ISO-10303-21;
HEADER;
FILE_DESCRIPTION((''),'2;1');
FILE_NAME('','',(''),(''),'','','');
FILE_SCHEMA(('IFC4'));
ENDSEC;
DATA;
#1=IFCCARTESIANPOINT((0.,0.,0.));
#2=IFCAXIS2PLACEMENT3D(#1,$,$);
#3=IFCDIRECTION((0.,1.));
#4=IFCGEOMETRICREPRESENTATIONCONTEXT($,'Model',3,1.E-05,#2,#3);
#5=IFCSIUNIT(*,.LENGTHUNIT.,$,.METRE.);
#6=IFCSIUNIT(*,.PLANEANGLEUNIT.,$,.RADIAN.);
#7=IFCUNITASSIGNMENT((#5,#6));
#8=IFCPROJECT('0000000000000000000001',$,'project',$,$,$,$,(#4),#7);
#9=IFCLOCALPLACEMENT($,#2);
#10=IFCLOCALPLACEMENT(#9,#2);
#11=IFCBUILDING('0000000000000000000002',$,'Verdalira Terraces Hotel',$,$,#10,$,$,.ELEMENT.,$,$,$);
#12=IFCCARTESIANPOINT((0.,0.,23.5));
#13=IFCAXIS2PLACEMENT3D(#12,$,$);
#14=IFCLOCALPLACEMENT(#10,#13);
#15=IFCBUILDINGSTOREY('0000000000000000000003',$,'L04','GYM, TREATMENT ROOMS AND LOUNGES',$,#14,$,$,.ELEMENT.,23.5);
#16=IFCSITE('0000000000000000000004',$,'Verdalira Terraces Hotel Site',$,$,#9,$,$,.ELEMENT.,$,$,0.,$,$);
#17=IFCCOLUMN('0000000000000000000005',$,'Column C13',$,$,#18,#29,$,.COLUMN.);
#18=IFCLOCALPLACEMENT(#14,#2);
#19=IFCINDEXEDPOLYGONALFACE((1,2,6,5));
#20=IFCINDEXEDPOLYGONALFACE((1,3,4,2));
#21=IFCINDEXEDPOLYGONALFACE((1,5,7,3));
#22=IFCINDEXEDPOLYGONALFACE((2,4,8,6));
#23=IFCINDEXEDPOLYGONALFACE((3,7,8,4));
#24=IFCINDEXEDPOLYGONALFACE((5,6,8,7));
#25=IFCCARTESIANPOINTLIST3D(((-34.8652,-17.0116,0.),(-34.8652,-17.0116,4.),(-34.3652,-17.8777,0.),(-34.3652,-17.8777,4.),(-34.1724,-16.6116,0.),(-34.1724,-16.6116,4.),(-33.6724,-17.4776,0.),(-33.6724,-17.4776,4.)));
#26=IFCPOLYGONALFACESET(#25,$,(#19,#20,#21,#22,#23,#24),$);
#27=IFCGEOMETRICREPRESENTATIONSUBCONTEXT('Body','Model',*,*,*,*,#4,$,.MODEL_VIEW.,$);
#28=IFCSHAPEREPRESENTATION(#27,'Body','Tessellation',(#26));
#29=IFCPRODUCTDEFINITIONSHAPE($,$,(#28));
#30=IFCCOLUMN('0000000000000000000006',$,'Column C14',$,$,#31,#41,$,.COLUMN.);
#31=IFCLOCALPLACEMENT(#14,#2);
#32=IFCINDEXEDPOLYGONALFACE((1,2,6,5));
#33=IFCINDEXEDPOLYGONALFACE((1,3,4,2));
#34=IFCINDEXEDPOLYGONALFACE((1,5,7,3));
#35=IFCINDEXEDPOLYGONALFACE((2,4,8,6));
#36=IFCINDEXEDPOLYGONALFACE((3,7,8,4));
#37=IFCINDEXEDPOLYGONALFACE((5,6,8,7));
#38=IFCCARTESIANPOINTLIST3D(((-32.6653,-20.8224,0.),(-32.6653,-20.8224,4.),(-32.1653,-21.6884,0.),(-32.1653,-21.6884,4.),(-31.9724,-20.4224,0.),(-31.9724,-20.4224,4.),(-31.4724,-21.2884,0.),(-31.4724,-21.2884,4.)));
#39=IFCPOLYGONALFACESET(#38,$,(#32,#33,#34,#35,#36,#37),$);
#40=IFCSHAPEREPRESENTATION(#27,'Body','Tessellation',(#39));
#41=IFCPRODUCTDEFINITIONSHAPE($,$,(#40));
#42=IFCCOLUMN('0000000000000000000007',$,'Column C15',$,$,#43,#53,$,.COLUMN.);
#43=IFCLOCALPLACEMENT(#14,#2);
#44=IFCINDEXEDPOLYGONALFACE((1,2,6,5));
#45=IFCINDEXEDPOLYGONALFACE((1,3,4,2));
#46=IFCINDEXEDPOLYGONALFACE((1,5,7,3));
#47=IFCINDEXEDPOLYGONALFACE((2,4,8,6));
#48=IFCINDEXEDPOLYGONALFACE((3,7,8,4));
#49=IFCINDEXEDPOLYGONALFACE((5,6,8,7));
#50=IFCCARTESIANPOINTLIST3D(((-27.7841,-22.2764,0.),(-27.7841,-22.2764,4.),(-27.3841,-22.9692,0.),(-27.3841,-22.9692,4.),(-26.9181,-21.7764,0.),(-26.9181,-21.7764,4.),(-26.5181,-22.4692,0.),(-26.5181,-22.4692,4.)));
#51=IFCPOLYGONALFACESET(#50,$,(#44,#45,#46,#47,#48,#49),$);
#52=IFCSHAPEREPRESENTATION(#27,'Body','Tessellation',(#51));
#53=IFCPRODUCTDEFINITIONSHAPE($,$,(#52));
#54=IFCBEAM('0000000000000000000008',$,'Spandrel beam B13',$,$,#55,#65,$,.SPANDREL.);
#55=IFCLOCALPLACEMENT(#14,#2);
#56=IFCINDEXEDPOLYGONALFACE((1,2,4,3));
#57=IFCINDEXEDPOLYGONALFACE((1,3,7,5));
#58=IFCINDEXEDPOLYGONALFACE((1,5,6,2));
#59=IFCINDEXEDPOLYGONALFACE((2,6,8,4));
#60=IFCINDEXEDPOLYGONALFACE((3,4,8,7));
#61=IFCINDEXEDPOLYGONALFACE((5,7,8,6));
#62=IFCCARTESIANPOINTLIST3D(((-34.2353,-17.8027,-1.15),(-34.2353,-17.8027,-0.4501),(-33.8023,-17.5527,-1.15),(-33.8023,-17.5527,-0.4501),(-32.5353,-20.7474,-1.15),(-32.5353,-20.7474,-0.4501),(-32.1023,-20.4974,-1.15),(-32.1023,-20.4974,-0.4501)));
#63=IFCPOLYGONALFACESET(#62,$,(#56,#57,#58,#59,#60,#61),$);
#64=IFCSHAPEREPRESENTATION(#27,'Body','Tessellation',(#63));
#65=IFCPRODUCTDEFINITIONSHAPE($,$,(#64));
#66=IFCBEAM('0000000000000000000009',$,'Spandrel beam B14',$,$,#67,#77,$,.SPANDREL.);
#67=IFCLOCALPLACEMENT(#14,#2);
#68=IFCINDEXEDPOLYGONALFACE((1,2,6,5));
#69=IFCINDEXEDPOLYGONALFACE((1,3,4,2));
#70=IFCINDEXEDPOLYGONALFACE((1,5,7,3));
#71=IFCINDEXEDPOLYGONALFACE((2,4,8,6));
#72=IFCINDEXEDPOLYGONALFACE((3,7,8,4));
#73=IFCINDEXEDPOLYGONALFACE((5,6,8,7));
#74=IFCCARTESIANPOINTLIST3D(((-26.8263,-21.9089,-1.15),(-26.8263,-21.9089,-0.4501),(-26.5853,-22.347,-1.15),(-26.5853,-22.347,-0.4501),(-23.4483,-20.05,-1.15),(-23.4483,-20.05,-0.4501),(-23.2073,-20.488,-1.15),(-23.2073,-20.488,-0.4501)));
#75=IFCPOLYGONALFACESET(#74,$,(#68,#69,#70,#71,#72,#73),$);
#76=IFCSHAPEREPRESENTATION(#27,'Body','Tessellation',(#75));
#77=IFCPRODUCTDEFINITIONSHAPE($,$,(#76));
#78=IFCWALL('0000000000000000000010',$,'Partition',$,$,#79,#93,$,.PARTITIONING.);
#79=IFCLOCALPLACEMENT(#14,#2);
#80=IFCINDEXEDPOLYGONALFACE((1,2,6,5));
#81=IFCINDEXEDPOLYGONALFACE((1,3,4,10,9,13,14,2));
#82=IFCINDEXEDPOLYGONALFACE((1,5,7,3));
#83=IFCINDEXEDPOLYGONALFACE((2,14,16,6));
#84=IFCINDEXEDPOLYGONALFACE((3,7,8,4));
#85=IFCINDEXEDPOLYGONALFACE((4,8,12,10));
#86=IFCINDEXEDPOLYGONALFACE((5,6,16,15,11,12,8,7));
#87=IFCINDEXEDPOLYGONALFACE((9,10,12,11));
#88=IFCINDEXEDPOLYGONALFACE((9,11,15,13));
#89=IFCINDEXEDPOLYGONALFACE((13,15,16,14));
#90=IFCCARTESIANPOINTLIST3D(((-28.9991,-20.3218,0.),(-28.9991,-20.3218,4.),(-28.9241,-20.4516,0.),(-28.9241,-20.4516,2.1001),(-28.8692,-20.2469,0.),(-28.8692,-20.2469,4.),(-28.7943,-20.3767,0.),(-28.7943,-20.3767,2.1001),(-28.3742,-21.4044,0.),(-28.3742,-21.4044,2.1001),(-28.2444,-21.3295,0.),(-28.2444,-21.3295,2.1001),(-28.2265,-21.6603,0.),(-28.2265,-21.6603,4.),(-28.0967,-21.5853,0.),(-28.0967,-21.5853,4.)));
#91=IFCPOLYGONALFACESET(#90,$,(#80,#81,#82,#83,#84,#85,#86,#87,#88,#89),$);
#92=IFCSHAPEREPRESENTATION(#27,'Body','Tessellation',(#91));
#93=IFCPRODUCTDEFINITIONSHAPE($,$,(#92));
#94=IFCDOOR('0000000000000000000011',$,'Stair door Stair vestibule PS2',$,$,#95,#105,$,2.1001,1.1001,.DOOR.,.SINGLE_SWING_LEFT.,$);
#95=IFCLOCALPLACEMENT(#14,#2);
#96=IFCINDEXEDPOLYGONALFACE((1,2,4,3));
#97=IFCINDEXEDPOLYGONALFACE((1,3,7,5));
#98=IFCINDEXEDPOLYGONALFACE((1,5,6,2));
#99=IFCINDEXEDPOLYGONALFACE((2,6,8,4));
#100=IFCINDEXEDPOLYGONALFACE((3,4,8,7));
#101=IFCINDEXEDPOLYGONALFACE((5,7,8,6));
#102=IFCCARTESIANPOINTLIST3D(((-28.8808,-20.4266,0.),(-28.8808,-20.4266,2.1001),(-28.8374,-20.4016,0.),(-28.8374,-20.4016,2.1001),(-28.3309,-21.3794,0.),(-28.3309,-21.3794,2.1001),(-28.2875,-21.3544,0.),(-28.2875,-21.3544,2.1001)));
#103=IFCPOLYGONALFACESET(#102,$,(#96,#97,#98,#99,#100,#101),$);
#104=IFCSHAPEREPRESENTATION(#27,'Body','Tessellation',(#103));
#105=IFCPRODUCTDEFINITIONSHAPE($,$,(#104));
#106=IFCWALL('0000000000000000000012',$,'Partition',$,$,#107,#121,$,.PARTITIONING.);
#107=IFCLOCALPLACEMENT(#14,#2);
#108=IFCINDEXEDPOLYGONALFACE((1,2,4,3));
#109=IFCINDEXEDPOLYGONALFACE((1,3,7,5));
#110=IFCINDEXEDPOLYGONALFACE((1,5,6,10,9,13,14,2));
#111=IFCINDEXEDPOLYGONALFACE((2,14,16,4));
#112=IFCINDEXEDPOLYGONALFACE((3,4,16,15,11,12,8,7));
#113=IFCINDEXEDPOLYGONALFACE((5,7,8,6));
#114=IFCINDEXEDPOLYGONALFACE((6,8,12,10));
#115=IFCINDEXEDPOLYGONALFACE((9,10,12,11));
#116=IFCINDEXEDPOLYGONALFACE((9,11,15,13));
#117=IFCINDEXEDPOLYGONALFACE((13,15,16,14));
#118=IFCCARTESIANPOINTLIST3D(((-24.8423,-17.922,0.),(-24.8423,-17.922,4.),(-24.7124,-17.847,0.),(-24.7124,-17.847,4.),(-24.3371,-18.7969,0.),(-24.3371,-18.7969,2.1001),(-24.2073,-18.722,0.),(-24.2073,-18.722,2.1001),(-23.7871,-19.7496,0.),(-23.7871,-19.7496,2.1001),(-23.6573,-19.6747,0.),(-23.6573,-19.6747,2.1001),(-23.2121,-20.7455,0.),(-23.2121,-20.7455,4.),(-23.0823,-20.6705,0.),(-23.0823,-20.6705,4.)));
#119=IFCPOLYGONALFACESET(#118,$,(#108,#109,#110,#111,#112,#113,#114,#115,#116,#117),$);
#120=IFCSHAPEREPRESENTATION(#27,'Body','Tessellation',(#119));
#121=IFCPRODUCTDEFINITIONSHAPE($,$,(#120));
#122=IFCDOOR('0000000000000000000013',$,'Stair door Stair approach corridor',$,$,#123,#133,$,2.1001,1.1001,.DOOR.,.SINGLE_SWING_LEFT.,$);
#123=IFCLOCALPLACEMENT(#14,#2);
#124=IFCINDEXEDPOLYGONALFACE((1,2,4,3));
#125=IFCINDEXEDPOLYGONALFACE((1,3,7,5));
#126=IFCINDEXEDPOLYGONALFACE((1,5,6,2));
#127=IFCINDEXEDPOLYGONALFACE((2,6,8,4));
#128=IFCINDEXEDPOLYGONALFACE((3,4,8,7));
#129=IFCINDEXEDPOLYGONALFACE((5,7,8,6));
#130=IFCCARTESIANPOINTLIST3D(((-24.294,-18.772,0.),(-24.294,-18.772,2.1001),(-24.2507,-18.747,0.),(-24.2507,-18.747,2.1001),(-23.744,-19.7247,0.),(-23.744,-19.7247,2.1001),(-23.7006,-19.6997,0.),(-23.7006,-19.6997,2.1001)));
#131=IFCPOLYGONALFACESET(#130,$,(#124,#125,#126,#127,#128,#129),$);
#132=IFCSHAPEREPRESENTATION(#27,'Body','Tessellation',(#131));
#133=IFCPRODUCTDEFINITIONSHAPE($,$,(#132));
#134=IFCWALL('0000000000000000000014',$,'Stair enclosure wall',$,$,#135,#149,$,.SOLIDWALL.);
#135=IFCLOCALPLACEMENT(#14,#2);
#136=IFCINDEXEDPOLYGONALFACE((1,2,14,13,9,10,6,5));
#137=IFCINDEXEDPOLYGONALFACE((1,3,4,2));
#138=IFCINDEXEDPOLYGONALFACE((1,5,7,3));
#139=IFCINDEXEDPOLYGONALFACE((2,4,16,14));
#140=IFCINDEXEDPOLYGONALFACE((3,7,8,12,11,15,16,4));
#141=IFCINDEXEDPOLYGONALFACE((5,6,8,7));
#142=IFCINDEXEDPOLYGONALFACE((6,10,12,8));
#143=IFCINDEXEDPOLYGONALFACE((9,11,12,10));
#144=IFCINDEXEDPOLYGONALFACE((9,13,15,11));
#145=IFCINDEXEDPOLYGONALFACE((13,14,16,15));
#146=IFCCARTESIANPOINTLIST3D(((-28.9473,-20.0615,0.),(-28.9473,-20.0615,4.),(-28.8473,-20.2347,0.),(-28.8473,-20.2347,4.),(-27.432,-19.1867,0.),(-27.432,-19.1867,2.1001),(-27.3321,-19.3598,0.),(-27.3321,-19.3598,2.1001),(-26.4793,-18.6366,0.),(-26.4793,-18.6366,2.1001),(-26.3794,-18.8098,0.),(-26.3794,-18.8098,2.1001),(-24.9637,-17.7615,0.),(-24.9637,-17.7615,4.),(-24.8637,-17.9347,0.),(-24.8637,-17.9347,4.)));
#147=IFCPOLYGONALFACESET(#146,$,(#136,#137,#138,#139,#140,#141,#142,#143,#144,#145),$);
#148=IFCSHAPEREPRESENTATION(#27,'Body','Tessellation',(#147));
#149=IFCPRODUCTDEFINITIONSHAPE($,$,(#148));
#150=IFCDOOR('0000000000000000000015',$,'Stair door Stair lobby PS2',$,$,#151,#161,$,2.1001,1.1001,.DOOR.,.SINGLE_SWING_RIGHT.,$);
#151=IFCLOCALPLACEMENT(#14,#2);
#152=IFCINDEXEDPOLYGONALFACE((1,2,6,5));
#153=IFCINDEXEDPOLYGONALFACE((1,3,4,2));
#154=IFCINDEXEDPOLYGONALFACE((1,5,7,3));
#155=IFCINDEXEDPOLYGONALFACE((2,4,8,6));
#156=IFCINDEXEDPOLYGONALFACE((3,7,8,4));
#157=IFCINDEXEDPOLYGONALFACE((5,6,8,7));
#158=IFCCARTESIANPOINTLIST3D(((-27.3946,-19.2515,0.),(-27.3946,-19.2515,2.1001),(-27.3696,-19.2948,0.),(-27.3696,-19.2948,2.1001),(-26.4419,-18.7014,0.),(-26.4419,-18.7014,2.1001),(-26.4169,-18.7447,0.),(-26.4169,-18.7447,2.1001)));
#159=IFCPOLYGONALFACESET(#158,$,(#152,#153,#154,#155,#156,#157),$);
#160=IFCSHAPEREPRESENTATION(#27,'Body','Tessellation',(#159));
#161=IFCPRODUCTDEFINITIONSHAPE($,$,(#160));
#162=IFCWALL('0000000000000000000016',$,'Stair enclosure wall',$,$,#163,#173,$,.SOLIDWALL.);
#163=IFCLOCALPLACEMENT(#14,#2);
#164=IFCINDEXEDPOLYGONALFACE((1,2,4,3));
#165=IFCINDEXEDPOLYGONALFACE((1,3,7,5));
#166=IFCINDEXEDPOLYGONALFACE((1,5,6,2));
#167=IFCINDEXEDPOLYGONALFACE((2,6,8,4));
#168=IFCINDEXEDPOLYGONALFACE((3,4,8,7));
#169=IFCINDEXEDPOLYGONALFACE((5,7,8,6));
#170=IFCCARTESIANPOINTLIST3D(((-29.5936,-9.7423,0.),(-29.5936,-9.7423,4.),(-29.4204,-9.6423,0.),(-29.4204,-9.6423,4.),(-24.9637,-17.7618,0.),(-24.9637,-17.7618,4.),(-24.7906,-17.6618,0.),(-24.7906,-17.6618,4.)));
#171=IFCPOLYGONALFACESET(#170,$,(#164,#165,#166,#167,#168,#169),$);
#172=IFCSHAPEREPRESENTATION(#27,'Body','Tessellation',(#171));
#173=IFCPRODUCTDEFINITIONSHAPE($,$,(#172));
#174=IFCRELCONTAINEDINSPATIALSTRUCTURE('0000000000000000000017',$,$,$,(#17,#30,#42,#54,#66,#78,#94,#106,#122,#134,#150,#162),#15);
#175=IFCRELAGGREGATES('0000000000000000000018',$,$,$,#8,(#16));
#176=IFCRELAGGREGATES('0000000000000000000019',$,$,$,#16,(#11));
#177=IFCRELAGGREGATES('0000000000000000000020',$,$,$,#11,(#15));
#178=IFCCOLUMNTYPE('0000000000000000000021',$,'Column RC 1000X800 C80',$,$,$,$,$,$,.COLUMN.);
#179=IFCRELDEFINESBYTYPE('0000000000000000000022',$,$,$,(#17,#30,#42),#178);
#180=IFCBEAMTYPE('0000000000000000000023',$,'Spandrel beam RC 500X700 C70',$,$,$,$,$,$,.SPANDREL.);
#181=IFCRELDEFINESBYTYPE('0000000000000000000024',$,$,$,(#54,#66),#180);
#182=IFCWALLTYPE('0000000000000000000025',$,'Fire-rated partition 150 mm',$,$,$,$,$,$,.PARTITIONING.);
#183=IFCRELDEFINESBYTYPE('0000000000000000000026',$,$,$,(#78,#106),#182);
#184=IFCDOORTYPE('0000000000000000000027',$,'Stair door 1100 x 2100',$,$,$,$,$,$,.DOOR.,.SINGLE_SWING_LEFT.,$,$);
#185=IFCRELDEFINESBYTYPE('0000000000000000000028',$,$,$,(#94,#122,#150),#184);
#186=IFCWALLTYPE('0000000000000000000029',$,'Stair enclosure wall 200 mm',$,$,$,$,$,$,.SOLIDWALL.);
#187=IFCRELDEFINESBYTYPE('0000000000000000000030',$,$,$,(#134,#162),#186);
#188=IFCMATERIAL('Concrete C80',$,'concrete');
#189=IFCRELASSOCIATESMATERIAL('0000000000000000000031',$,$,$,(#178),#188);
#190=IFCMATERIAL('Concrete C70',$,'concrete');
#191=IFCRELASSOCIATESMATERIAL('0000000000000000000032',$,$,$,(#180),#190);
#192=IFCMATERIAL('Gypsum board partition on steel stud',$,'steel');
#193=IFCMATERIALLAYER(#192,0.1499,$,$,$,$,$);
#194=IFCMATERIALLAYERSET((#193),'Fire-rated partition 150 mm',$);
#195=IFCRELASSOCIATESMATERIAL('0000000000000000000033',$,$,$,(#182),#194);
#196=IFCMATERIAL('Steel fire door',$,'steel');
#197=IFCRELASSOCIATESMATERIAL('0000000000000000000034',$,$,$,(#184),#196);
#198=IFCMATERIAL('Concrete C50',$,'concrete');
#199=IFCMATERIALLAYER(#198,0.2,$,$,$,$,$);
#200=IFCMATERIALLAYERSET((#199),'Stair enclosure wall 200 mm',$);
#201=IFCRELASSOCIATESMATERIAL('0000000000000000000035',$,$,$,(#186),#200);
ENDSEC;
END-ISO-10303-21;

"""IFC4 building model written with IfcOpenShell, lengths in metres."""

from ifc_helpers import new_model, si_unit, direction, frame, frame_2d, origin, origin_2d, place, context, subcontext, project, spatial, rectangle, extrude, material, layer, layer_set, material_profile, profile_set, type_object, element, fill, save


model = new_model("IFC4")

# Units and contexts
model_context = context("Model", 3, precision=1e-05, world=origin(), true_north=direction((0.0, 1.0)))
body_context = subcontext(model_context, "Body", "Model", "MODEL_VIEW")
ifc_project = project(units=[si_unit("LENGTHUNIT", "METRE"), si_unit("PLANEANGLEUNIT", "RADIAN")], contexts=[model_context])

# Site, building, storey
site_placement = place(None, origin())
site = spatial("IfcSite", under=ifc_project, at=site_placement, Name="Verdalira Terraces Hotel Site", CompositionType="ELEMENT", RefElevation=0.0)
building_placement = place(site_placement, origin())
building = spatial("IfcBuilding", under=site, at=building_placement, Name="Verdalira Terraces Hotel", CompositionType="ELEMENT")
storey_placement = place(building_placement, frame((0.0, 0.0, 23.5)))
storey = spatial("IfcBuildingStorey", under=building, at=storey_placement, Name="L04", Description="GYM, TREATMENT ROOMS AND LOUNGES", CompositionType="ELEMENT", Elevation=23.5)

# Columns
ifc_material_1 = material(Name="Concrete C80", Category="concrete")
ifc_material_profile_1 = material_profile(ifc_material_1, rectangle(XDim=1.0, YDim=0.8, at=origin_2d()), Name="RC 1000X800")
ifc_profile_set_1 = profile_set([ifc_material_profile_1], Name="Concrete C80")
column_type = type_object("IfcColumnType", Name="Column RC 1000X800 C80", PredefinedType="COLUMN", material=ifc_profile_set_1)
for number, where, z_axis, x_axis, name in (
    (1, (-34.2688, -17.2446, 0.0), (0.0, 0.0, 1.0), (0.5, -0.866025, 0.0), "Column C13"),
    (2, (-32.0688, -21.0554, 0.0), (0.0, 0.0, 1.0), (0.5, -0.866025, 0.0), "Column C14"),
    (3, (-27.1511, -22.3728, 0.0), (0.0, 0.0, 1.0), (0.866025, 0.5, 0.0), "Column C15"),
):
    element("IfcColumn", number, at=place(storey_placement, frame(where, z_axis=z_axis, x_axis=x_axis)), inside=storey, type_object=column_type, Name=name, PredefinedType="COLUMN", context=body_context, shape_type="SweptSolid", body=[
        extrude(rectangle(XDim=1.0, YDim=0.8, at=origin_2d()), origin(), (0.0, 0.0, 1.0), 4.0),
    ])

# Beams
ifc_material_2 = material(Name="Concrete C70", Category="concrete")
ifc_material_profile_2 = material_profile(ifc_material_2, rectangle(XDim=0.5, YDim=0.7, at=origin_2d()), Name="RC 500X700")
ifc_profile_set_2 = profile_set([ifc_material_profile_2], Name="Concrete C70")
beam_type = type_object("IfcBeamType", Name="Spandrel beam RC 500X700 C70", PredefinedType="SPANDREL", material=ifc_profile_set_2)
beam_1_placement = place(storey_placement, frame((-34.0188, -17.6777, -0.8), z_axis=(0.499977, -0.866039, 0.0), x_axis=(0.866039, 0.499977, 0.0)))
element("IfcBeam", 4, at=beam_1_placement, inside=storey, type_object=beam_type, Name="Spandrel beam B13", PredefinedType="SPANDREL", context=body_context, shape_type="SweptSolid", body=[
    extrude(rectangle(XDim=0.5, YDim=0.7, at=origin_2d()), origin(), (0.0, 0.0, 1.0), 3.4001),
])
beam_2_placement = place(storey_placement, frame((-26.7058, -22.1279, -0.8), z_axis=(0.876104, 0.482123, 0.0), x_axis=(-0.482123, 0.876104, 0.0)))
element("IfcBeam", 5, at=beam_2_placement, inside=storey, type_object=beam_type, Name="Spandrel beam B14", PredefinedType="SPANDREL", context=body_context, shape_type="SweptSolid", body=[
    extrude(rectangle(XDim=0.5, YDim=0.7, at=origin_2d()), origin(), (0.0, 0.0, 1.0), 3.8557),
])

# Walls, openings, doors
ifc_material_3 = material(Name="Gypsum board partition on steel stud", Category="steel")
ifc_layer_1 = layer(ifc_material_3, 0.1499)
ifc_layer_set_1 = layer_set([ifc_layer_1], Name="Fire-rated partition 150 mm")
wall_type_1 = type_object("IfcWallType", Name="Fire-rated partition 150 mm", PredefinedType="PARTITIONING", material=ifc_layer_set_1)
wall_1_placement = place(storey_placement, frame((-28.1616, -21.6228, 0.0), z_axis=(0.0, 0.0, 1.0), x_axis=(-0.499877, 0.866096, 0.0)))
wall_1 = element("IfcWall", 6, at=wall_1_placement, inside=storey, type_object=wall_type_1, Name="Partition", PredefinedType="PARTITIONING", context=body_context, shape_type="SweptSolid", body=[
    extrude(rectangle(XDim=1.5454, YDim=0.1499, at=frame_2d((0.7727, 0.0))), origin(), (0.0, 0.0, 1.0), 4.0),
])
opening_1_placement = place(wall_1_placement, frame((0.2954, 0.0, 0.0)))
opening_1 = element("IfcOpeningElement", 7, at=opening_1_placement, cuts=wall_1, PredefinedType="OPENING", context=body_context, shape_type="SweptSolid", body=[
    extrude(rectangle(XDim=1.1001, YDim=2.1001, at=frame_2d((0.55, 1.05))), frame((0.0, 0.085, 0.0), z_axis=(0.0, -1.0, 0.0), x_axis=(1.0, 0.0, 0.0)), (0.0, 0.0, 1.0), 0.1699),
])
ifc_material_4 = material(Name="Steel fire door", Category="steel")
door_type = type_object("IfcDoorType", Name="Stair door 1100 x 2100", OperationType="SINGLE_SWING_LEFT", PredefinedType="DOOR", material=ifc_material_4)
door_1_placement = place(opening_1_placement, origin())
door_1 = element("IfcDoor", 8, at=door_1_placement, inside=storey, type_object=door_type, Name="Stair door Stair vestibule PS2", OperationType="SINGLE_SWING_LEFT", OverallHeight=2.1001, OverallWidth=1.1001, PredefinedType="DOOR", context=body_context, shape_type="SweptSolid", body=[
    extrude(rectangle(XDim=1.1001, YDim=2.1001, at=frame_2d((0.55, 1.05))), frame((0.0, 0.0249, 0.0), z_axis=(0.0, -1.0, 0.0), x_axis=(1.0, 0.0, 0.0)), (0.0, 0.0, 1.0), 0.05),
])
fill(opening_1, door_1)
wall_2_placement = place(storey_placement, frame((-24.7773, -17.8845, 0.0), z_axis=(0.0, 0.0, 1.0), x_axis=(0.499997, -0.866027, 0.0)))
wall_2 = element("IfcWall", 9, at=wall_2_placement, inside=storey, type_object=wall_type_1, Name="Partition", PredefinedType="PARTITIONING", context=body_context, shape_type="SweptSolid", body=[
    extrude(rectangle(XDim=3.2603, YDim=0.1499, at=frame_2d((1.6301, 0.0))), origin(), (0.0, 0.0, 1.0), 4.0),
])
opening_2_placement = place(wall_2_placement, frame((1.0103, 0.0, 0.0)))
opening_2 = element("IfcOpeningElement", 10, at=opening_2_placement, cuts=wall_2, PredefinedType="OPENING", context=body_context, shape_type="SweptSolid", body=[
    extrude(rectangle(XDim=1.1001, YDim=2.1001, at=frame_2d((0.55, 1.05))), frame((0.0, 0.085, 0.0), z_axis=(0.0, -1.0, 0.0), x_axis=(1.0, 0.0, 0.0)), (0.0, 0.0, 1.0), 0.1699),
])
door_2_placement = place(opening_2_placement, origin())
door_2 = element("IfcDoor", 11, at=door_2_placement, inside=storey, type_object=door_type, Name="Stair door Stair approach corridor", OperationType="SINGLE_SWING_LEFT", OverallHeight=2.1001, OverallWidth=1.1001, PredefinedType="DOOR", context=body_context, shape_type="SweptSolid", body=[
    extrude(rectangle(XDim=1.1001, YDim=2.1001, at=frame_2d((0.55, 1.05))), frame((0.0, 0.0249, 0.0), z_axis=(0.0, -1.0, 0.0), x_axis=(1.0, 0.0, 0.0)), (0.0, 0.0, 1.0), 0.05),
])
fill(opening_2, door_2)
ifc_material_5 = material(Name="Concrete C50", Category="concrete")
ifc_layer_2 = layer(ifc_material_5, 0.2)
ifc_layer_set_2 = layer_set([ifc_layer_2], Name="Stair enclosure wall 200 mm")
wall_type_2 = type_object("IfcWallType", Name="Stair enclosure wall 200 mm", PredefinedType="SOLIDWALL", material=ifc_layer_set_2)
wall_3_placement = place(storey_placement, frame((-24.9138, -17.8481, 0.0), z_axis=(0.0, 0.0, 1.0), x_axis=(-0.866017, -0.500015, 0.0)))
wall_3 = element("IfcWall", 12, at=wall_3_placement, inside=storey, type_object=wall_type_2, Name="Stair enclosure wall", PredefinedType="SOLIDWALL", context=body_context, shape_type="SweptSolid", body=[
    extrude(rectangle(XDim=4.5999, YDim=0.2, at=frame_2d((2.2998, 0.0))), origin(), (0.0, 0.0, 1.0), 4.0),
])
opening_3_placement = place(wall_3_placement, frame((1.75, 0.0, 0.0)))
opening_3 = element("IfcOpeningElement", 13, at=opening_3_placement, cuts=wall_3, PredefinedType="OPENING", context=body_context, shape_type="SweptSolid", body=[
    extrude(rectangle(XDim=1.1001, YDim=2.1001, at=frame_2d((0.55, 1.05))), frame((0.0, 0.1099, 0.0), z_axis=(0.0, -1.0, 0.0), x_axis=(1.0, 0.0, 0.0)), (0.0, 0.0, 1.0), 0.22),
])
door_3_placement = place(opening_3_placement, origin())
door_3 = element("IfcDoor", 14, at=door_3_placement, inside=storey, type_object=door_type, Name="Stair door Stair lobby PS2", OperationType="SINGLE_SWING_RIGHT", OverallHeight=2.1001, OverallWidth=1.1001, PredefinedType="DOOR", context=body_context, shape_type="SweptSolid", body=[
    extrude(rectangle(XDim=1.1001, YDim=2.1001, at=frame_2d((0.55, 1.05))), frame((0.0, 0.0249, 0.0), z_axis=(0.0, -1.0, 0.0), x_axis=(1.0, 0.0, 0.0)), (0.0, 0.0, 1.0), 0.05),
])
fill(opening_3, door_3)

# Wall
wall_4_placement = place(storey_placement, frame((-24.8772, -17.7117, 0.0), z_axis=(0.0, 0.0, 1.0), x_axis=(-0.499984, 0.866035, 0.0)))
element("IfcWall", 15, at=wall_4_placement, inside=storey, type_object=wall_type_2, Name="Stair enclosure wall", PredefinedType="SOLIDWALL", context=body_context, shape_type="SweptSolid", body=[
    extrude(rectangle(XDim=9.26, YDim=0.2, at=frame_2d((4.6299, 0.0))), origin(), (0.0, 0.0, 1.0), 4.0),
])

save(model, "model.ifc")
